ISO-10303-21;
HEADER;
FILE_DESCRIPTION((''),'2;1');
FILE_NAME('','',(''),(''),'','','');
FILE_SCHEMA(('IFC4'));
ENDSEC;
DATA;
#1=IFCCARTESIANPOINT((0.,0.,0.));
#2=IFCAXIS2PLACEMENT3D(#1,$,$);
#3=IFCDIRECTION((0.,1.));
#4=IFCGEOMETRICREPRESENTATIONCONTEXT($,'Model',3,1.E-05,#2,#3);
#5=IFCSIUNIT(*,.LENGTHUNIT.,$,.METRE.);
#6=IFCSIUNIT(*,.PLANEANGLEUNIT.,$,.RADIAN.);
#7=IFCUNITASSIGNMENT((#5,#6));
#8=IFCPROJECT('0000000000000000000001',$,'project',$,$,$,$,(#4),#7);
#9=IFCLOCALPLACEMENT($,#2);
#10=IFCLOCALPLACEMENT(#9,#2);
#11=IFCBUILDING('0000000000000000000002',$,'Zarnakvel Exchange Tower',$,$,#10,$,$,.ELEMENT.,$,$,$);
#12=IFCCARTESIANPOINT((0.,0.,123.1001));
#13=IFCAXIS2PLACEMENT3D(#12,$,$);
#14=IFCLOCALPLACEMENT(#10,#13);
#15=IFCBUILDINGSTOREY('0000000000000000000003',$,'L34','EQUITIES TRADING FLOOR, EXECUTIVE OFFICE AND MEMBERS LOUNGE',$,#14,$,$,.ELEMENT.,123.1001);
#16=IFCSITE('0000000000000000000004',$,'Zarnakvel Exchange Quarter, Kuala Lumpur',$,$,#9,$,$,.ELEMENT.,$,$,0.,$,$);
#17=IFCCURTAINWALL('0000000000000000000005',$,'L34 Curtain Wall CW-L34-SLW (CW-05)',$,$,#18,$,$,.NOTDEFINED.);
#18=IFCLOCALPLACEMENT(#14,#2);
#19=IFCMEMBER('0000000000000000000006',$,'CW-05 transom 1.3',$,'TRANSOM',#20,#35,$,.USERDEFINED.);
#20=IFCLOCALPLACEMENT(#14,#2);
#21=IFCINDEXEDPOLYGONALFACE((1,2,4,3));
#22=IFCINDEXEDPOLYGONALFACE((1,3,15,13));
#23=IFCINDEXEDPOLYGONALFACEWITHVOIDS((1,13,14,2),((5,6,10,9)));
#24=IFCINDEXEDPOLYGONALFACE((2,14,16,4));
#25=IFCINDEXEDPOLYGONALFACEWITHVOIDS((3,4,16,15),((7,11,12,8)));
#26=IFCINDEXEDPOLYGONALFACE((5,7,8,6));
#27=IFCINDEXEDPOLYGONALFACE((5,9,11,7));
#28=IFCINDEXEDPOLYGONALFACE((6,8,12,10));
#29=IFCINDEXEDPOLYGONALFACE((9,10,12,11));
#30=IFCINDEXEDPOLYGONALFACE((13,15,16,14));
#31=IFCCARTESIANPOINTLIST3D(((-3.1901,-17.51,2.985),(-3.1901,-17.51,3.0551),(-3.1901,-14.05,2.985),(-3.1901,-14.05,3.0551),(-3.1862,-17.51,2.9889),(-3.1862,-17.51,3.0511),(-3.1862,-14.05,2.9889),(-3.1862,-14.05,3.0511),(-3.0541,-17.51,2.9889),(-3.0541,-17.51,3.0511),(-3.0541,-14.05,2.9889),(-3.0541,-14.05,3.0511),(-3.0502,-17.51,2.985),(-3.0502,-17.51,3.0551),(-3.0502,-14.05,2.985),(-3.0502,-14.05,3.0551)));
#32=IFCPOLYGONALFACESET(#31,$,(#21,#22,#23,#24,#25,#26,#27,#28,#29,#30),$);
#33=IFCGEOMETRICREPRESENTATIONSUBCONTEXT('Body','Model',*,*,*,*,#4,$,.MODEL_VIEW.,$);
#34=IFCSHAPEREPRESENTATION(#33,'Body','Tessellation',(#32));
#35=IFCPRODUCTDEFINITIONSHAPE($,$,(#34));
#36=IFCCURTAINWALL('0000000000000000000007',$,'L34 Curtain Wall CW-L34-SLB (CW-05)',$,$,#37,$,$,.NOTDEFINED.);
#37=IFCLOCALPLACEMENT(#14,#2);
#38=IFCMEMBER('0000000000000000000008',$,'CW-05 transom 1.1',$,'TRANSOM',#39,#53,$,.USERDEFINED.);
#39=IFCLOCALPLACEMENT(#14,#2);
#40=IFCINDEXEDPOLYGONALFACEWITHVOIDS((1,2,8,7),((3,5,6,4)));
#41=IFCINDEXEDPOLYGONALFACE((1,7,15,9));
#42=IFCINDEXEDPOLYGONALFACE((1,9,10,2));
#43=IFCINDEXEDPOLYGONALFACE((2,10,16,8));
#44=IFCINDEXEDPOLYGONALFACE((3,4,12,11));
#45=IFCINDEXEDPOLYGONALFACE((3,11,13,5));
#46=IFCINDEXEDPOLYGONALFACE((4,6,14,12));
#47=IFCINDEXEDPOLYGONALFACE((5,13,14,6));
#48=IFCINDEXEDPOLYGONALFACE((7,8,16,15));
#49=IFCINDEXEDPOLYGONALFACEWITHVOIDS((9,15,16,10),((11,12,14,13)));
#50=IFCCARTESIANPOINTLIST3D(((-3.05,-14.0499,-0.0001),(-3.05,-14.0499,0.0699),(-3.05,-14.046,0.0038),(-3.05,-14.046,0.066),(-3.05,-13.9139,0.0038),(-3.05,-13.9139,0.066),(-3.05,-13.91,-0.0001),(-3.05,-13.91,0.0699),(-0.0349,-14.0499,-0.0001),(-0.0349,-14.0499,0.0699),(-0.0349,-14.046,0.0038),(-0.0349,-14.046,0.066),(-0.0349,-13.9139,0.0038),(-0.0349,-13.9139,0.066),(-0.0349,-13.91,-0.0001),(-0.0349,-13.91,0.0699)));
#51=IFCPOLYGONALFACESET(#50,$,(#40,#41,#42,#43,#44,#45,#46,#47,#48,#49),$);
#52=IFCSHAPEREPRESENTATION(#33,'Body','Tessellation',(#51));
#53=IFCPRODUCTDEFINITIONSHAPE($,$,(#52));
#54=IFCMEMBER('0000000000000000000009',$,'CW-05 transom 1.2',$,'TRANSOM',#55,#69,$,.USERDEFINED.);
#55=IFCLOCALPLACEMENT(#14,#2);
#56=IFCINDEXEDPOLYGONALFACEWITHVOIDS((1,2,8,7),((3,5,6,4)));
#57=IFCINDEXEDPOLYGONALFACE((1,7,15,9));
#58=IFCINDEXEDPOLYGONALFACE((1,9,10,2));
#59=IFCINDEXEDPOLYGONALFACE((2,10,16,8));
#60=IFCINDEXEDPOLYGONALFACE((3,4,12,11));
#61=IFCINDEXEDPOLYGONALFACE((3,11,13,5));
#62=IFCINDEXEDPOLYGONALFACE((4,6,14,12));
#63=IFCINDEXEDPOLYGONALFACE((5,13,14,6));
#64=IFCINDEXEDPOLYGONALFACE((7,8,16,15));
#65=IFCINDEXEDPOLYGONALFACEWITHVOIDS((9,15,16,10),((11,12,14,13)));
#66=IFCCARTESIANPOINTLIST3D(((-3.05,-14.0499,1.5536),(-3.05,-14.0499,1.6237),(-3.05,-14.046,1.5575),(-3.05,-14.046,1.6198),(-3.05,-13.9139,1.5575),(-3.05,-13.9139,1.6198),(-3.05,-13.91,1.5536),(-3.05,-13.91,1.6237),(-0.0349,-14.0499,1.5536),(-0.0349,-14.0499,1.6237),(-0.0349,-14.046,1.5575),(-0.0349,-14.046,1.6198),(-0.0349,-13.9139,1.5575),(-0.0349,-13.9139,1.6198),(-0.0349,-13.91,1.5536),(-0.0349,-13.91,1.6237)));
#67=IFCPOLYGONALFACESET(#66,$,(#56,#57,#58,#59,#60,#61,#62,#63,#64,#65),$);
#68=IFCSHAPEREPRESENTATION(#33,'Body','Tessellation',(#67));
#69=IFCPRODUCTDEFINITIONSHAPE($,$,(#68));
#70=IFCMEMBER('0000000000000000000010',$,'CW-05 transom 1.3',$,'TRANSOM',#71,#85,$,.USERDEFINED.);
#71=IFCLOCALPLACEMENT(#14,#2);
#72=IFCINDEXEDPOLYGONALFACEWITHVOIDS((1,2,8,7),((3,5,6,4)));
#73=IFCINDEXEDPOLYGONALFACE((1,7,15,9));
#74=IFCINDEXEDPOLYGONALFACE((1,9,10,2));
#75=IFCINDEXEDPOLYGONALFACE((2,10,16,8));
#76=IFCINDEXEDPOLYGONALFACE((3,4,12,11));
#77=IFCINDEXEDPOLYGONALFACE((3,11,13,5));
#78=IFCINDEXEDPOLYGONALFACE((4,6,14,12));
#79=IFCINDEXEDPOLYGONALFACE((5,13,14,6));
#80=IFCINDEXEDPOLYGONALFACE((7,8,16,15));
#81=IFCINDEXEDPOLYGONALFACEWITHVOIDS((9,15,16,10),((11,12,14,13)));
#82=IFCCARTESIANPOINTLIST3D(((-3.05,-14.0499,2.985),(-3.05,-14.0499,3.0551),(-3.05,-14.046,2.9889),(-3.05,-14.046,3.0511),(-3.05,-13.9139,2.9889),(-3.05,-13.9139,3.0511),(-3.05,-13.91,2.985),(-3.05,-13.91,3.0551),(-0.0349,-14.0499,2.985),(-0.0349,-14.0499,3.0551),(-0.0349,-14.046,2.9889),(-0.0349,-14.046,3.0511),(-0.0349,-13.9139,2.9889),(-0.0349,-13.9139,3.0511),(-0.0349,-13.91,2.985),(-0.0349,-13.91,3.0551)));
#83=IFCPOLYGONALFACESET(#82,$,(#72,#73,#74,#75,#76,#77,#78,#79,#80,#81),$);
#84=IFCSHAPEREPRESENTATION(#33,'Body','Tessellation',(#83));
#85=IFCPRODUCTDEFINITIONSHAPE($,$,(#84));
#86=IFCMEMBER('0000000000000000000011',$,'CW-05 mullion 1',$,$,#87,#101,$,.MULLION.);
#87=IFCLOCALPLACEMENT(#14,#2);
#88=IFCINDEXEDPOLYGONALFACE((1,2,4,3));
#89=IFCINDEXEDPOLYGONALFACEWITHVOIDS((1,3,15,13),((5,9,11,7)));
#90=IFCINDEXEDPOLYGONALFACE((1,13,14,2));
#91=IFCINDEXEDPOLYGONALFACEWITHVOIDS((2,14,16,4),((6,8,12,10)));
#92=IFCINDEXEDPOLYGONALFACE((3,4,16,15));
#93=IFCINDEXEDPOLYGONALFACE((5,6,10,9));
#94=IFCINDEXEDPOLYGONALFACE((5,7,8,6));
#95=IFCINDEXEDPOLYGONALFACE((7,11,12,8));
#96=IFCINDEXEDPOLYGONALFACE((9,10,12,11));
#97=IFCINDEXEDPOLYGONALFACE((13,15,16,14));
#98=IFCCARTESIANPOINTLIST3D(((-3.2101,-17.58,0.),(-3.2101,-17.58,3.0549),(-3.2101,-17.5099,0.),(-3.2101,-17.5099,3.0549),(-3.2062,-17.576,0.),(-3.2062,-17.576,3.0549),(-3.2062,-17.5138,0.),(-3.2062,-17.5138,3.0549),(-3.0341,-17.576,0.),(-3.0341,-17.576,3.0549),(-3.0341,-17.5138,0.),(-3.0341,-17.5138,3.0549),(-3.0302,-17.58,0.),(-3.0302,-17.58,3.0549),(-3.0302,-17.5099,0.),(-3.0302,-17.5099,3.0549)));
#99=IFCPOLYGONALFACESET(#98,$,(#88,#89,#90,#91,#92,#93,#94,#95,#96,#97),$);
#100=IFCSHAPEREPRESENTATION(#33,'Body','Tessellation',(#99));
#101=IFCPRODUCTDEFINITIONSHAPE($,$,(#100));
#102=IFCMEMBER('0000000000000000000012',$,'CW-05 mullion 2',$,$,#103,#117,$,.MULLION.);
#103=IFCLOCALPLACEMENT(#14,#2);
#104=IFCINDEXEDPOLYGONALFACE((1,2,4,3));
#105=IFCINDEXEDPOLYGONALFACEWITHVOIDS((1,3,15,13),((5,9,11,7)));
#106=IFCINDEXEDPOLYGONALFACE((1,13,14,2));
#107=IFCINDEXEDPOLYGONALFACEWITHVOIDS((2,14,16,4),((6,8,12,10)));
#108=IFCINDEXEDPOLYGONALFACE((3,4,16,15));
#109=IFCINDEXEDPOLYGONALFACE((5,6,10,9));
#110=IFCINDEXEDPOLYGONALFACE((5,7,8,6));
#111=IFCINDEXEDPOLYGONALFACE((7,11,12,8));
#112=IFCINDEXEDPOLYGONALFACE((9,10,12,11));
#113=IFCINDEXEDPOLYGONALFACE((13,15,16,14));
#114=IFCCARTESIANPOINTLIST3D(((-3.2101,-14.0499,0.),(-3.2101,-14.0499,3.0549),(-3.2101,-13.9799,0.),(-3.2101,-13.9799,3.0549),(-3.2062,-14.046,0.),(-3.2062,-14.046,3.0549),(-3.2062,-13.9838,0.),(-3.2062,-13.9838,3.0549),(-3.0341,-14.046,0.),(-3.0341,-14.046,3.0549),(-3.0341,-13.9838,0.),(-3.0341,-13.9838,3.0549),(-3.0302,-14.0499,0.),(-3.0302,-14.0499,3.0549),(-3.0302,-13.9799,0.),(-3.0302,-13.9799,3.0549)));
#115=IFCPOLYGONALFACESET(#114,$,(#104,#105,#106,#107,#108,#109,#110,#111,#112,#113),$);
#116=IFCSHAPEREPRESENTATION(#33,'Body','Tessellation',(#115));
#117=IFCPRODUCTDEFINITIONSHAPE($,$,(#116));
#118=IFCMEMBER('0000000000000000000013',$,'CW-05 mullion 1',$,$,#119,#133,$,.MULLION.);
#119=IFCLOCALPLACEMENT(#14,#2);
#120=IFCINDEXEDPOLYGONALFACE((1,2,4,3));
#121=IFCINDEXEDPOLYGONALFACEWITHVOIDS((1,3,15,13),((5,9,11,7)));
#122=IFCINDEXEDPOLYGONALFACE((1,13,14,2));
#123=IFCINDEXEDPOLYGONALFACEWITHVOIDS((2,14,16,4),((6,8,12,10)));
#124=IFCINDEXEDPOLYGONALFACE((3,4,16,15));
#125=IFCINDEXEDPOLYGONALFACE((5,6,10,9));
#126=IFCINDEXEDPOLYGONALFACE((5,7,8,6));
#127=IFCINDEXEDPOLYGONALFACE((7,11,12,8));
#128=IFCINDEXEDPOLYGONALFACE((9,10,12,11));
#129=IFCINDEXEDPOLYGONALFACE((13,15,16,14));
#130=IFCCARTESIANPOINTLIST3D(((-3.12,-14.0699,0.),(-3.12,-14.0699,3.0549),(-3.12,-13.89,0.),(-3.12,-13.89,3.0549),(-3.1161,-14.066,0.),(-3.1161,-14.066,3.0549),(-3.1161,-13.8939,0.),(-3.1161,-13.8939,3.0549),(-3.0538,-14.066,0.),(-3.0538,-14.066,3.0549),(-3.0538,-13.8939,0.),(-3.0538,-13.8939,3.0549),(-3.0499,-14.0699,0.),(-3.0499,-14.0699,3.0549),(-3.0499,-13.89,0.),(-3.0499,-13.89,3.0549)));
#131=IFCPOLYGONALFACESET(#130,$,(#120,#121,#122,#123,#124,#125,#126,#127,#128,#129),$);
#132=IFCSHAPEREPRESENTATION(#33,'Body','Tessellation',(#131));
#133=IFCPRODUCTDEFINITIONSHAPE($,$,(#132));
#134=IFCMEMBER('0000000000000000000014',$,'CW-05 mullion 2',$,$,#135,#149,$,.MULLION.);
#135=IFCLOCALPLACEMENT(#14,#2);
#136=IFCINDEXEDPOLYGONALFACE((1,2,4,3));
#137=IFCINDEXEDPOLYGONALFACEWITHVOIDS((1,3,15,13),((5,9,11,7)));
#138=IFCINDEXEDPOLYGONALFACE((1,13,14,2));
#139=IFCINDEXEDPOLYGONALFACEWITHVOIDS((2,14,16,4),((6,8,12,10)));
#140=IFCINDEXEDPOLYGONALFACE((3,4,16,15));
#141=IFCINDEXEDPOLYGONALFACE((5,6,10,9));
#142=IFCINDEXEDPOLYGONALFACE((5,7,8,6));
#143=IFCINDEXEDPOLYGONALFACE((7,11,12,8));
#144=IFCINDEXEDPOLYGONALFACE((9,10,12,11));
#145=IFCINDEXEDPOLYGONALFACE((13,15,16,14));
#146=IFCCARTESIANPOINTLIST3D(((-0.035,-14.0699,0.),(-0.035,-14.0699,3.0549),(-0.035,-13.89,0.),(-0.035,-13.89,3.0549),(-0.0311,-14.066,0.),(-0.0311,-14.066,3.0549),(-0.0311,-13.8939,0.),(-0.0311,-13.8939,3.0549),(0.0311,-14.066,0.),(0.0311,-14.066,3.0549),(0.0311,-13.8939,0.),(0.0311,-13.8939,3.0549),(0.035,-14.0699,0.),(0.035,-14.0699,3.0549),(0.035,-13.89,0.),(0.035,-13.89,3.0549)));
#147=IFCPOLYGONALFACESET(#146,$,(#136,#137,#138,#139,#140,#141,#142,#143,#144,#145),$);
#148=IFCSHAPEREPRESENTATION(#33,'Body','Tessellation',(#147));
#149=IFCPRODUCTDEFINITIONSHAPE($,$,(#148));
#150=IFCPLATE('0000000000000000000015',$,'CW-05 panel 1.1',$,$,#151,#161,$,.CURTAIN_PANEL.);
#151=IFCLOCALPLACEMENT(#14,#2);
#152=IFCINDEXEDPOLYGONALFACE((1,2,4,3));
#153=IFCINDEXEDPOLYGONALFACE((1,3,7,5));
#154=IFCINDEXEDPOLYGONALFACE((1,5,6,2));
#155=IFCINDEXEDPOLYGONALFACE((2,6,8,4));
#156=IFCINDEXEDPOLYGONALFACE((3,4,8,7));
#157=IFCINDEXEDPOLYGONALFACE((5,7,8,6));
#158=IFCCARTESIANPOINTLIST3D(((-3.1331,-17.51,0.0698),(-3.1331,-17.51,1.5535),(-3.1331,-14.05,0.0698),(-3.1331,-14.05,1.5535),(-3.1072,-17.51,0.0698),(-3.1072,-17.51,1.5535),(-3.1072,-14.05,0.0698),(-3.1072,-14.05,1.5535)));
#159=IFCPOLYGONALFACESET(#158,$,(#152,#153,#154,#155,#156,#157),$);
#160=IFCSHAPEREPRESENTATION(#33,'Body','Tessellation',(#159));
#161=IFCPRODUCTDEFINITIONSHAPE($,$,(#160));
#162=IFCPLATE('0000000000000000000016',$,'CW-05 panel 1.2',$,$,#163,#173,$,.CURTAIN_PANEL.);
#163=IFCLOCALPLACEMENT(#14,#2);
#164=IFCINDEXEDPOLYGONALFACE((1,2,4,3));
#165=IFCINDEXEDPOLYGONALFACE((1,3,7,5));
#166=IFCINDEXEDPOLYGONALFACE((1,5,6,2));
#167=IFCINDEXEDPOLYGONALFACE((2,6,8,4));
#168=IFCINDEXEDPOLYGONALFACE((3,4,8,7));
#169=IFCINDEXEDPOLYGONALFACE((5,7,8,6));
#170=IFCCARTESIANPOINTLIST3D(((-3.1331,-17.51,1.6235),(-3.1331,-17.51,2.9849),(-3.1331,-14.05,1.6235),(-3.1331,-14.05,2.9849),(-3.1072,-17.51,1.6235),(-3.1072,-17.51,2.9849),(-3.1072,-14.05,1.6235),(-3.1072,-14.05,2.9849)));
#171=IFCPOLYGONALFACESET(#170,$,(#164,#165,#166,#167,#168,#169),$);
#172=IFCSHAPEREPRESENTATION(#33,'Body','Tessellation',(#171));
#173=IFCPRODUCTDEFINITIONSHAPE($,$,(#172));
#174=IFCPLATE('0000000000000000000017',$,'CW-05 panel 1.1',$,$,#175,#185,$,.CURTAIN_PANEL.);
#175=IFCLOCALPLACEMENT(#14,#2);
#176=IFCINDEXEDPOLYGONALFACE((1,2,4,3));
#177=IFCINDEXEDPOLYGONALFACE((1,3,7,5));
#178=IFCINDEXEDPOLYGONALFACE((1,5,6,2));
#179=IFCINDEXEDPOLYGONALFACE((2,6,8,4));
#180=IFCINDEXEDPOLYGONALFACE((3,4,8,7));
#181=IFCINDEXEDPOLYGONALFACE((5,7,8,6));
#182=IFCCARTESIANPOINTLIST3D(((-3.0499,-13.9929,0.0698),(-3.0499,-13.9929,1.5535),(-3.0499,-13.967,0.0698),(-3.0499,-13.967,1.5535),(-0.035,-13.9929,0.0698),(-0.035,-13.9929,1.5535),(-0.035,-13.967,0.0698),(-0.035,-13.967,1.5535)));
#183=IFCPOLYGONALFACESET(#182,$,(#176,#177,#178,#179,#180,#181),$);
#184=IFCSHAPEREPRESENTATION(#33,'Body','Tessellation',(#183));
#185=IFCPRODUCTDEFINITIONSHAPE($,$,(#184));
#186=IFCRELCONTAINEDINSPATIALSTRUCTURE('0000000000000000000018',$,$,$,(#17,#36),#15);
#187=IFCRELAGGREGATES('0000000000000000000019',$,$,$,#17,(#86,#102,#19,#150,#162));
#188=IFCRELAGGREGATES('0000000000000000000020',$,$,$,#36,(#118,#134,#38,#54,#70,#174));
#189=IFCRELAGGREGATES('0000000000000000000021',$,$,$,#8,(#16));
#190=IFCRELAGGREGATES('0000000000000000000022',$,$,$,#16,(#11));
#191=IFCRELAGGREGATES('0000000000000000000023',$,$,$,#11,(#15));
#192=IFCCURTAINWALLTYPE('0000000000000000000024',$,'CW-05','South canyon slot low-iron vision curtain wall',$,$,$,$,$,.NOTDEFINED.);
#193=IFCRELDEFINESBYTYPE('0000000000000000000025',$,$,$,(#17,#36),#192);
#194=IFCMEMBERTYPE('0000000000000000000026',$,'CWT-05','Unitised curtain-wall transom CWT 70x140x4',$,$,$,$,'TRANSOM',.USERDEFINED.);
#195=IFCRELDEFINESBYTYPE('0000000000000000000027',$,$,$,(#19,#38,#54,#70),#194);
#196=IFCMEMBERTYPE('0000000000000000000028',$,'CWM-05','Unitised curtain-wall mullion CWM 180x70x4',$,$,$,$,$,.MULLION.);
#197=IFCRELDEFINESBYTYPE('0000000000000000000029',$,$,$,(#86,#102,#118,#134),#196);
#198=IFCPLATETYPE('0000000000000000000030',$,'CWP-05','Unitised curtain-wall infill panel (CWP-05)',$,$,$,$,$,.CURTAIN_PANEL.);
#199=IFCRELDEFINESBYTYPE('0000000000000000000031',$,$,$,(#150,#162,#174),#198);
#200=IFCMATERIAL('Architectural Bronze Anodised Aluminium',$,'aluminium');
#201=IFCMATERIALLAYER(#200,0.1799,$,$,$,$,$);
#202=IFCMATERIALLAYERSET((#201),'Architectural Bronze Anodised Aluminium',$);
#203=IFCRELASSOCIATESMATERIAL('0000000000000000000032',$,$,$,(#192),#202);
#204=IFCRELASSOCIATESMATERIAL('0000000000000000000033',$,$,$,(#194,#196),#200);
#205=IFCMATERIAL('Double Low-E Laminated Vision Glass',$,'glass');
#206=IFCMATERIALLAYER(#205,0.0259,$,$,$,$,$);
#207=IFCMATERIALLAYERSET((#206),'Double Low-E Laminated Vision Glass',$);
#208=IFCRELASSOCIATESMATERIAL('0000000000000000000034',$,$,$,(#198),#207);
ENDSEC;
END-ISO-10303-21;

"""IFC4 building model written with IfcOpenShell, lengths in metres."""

from ifc_helpers import new_model, si_unit, direction, frame, origin, origin_2d, place, context, subcontext, project, spatial, rectangle, hollow_rectangle, extrude, source, transform, mapped, material, layer, layer_set, material_profile, profile_set, type_object, element, aggregate, save


model = new_model("IFC4")

# Units and contexts
model_context = context("Model", 3, precision=1e-05, world=origin(), true_north=direction((0.0, 1.0)))
body_context = subcontext(model_context, "Body", "Model", "MODEL_VIEW")
ifc_project = project(units=[si_unit("LENGTHUNIT", "METRE"), si_unit("PLANEANGLEUNIT", "RADIAN")], contexts=[model_context])

# Site, building, storey
site_placement = place(None, origin())
site = spatial("IfcSite", under=ifc_project, at=site_placement, Name="Zarnakvel Exchange Quarter, Kuala Lumpur", CompositionType="ELEMENT", RefElevation=0.0)
building_placement = place(site_placement, origin())
building = spatial("IfcBuilding", under=site, at=building_placement, Name="Zarnakvel Exchange Tower", CompositionType="ELEMENT")
storey_placement = place(building_placement, frame((0.0, 0.0, 123.1001)))
storey = spatial("IfcBuildingStorey", under=building, at=storey_placement, Name="L34", Description="EQUITIES TRADING FLOOR, EXECUTIVE OFFICE AND MEMBERS LOUNGE", CompositionType="ELEMENT", Elevation=123.1001)

# Curtain walls, members
ifc_material_1 = material(Name="Architectural Bronze Anodised Aluminium", Category="aluminium")
ifc_layer_1 = layer(ifc_material_1, 0.1799)
ifc_layer_set_1 = layer_set([ifc_layer_1], Name="Architectural Bronze Anodised Aluminium")
curtain_wall_type = type_object("IfcCurtainWallType", Name="CW-05", Description="South canyon slot low-iron vision curtain wall", PredefinedType="NOTDEFINED", material=ifc_layer_set_1)
curtain_wall_1_placement = place(storey_placement, origin())
curtain_wall_1 = element("IfcCurtainWall", 1, at=curtain_wall_1_placement, inside=storey, type_object=curtain_wall_type, Name="L34 Curtain Wall CW-L34-SLW (CW-05)", PredefinedType="NOTDEFINED")
ifc_material_profile_1 = material_profile(ifc_material_1, hollow_rectangle(XDim=0.1399, YDim=0.0701, WallThickness=0.0039, at=origin_2d()))
ifc_profile_set_1 = profile_set([ifc_material_profile_1], Name="Architectural Bronze Anodised Aluminium")
member_type_1 = type_object("IfcMemberType", Name="CWT-05", Description="Unitised curtain-wall transom CWT 70x140x4", ElementType="TRANSOM", PredefinedType="USERDEFINED", material=ifc_profile_set_1)
shared_shape_1 = source(origin(), body_context, "Body", "SweptSolid", [
    extrude(hollow_rectangle(XDim=0.1399, YDim=0.0701, WallThickness=0.0039, at=origin_2d()), origin(), (0.0, 0.0, 1.0), 3.46),
])
member_1_placement = place(storey_placement, frame((-3.1201, -17.51, 3.02), z_axis=(0.0, 1.0, 0.0), x_axis=(-1.0, 0.0, 0.0)))
member_1 = element("IfcMember", 2, at=member_1_placement, type_object=member_type_1, Name="CW-05 transom 1.3", ObjectType="TRANSOM", PredefinedType="USERDEFINED", context=body_context, shape_type="MappedRepresentation", body=[
    mapped(shared_shape_1, transform((0.0, 0.0, 0.0), x_axis=(1.0, 0.0, 0.0), y_axis=(0.0, 1.0, 0.0), z_axis=(0.0, 0.0, 1.0), scale=1.0)),
])
curtain_wall_2_placement = place(storey_placement, origin())
curtain_wall_2 = element("IfcCurtainWall", 3, at=curtain_wall_2_placement, inside=storey, type_object=curtain_wall_type, Name="L34 Curtain Wall CW-L34-SLB (CW-05)", PredefinedType="NOTDEFINED")
shared_shape_2 = source(origin(), body_context, "Body", "SweptSolid", [
    extrude(hollow_rectangle(XDim=0.1399, YDim=0.0701, WallThickness=0.0039, at=origin_2d()), origin(), (0.0, 0.0, 1.0), 3.0151),
])
member_2_placement = place(storey_placement, frame((-3.05, -13.98, 0.0349), z_axis=(1.0, 0.0, 0.0), x_axis=(0.0, 1.0, 0.0)))
member_2 = element("IfcMember", 4, at=member_2_placement, type_object=member_type_1, Name="CW-05 transom 1.1", ObjectType="TRANSOM", PredefinedType="USERDEFINED", context=body_context, shape_type="MappedRepresentation", body=[
    mapped(shared_shape_2, transform((0.0, 0.0, 0.0), x_axis=(1.0, 0.0, 0.0), y_axis=(0.0, 1.0, 0.0), z_axis=(0.0, 0.0, 1.0), scale=1.0)),
])
member_3_placement = place(storey_placement, frame((-3.05, -13.98, 1.5886), z_axis=(1.0, 0.0, 0.0), x_axis=(0.0, 1.0, 0.0)))
member_3 = element("IfcMember", 5, at=member_3_placement, type_object=member_type_1, Name="CW-05 transom 1.2", ObjectType="TRANSOM", PredefinedType="USERDEFINED", context=body_context, shape_type="MappedRepresentation", body=[
    mapped(shared_shape_2, transform((0.0, 0.0, 0.0), x_axis=(1.0, 0.0, 0.0), y_axis=(0.0, 1.0, 0.0), z_axis=(0.0, 0.0, 1.0), scale=1.0)),
])
member_4_placement = place(storey_placement, frame((-3.05, -13.98, 3.02), z_axis=(1.0, 0.0, 0.0), x_axis=(0.0, 1.0, 0.0)))
member_4 = element("IfcMember", 6, at=member_4_placement, type_object=member_type_1, Name="CW-05 transom 1.3", ObjectType="TRANSOM", PredefinedType="USERDEFINED", context=body_context, shape_type="MappedRepresentation", body=[
    mapped(shared_shape_2, transform((0.0, 0.0, 0.0), x_axis=(1.0, 0.0, 0.0), y_axis=(0.0, 1.0, 0.0), z_axis=(0.0, 0.0, 1.0), scale=1.0)),
])

# Members
ifc_material_profile_2 = material_profile(ifc_material_1, hollow_rectangle(XDim=0.1799, YDim=0.0701, WallThickness=0.0039, at=origin_2d()))
ifc_profile_set_2 = profile_set([ifc_material_profile_2], Name="Architectural Bronze Anodised Aluminium")
member_type_2 = type_object("IfcMemberType", Name="CWM-05", Description="Unitised curtain-wall mullion CWM 180x70x4", PredefinedType="MULLION", material=ifc_profile_set_2)
shared_shape_3 = source(origin(), body_context, "Body", "SweptSolid", [
    extrude(hollow_rectangle(XDim=0.1799, YDim=0.0701, WallThickness=0.0039, at=origin_2d()), origin(), (0.0, 0.0, 1.0), 3.0549),
])
member_5_placement = place(storey_placement, frame((-3.1201, -17.5449, 0.0), z_axis=(0.0, 0.0, 1.0), x_axis=(-1.0, 0.0, 0.0)))
member_5 = element("IfcMember", 7, at=member_5_placement, type_object=member_type_2, Name="CW-05 mullion 1", PredefinedType="MULLION", context=body_context, shape_type="MappedRepresentation", body=[
    mapped(shared_shape_3, transform((0.0, 0.0, 0.0), x_axis=(1.0, 0.0, 0.0), y_axis=(0.0, 1.0, 0.0), z_axis=(0.0, 0.0, 1.0), scale=1.0)),
])
member_6_placement = place(storey_placement, frame((-3.1201, -14.0149, 0.0), z_axis=(0.0, 0.0, 1.0), x_axis=(-1.0, 0.0, 0.0)))
member_6 = element("IfcMember", 8, at=member_6_placement, type_object=member_type_2, Name="CW-05 mullion 2", PredefinedType="MULLION", context=body_context, shape_type="MappedRepresentation", body=[
    mapped(shared_shape_3, transform((0.0, 0.0, 0.0), x_axis=(1.0, 0.0, 0.0), y_axis=(0.0, 1.0, 0.0), z_axis=(0.0, 0.0, 1.0), scale=1.0)),
])
member_7_placement = place(storey_placement, frame((-3.085, -13.98, 0.0), z_axis=(0.0, 0.0, 1.0), x_axis=(0.0, 1.0, 0.0)))
member_7 = element("IfcMember", 9, at=member_7_placement, type_object=member_type_2, Name="CW-05 mullion 1", PredefinedType="MULLION", context=body_context, shape_type="MappedRepresentation", body=[
    mapped(shared_shape_3, transform((0.0, 0.0, 0.0), x_axis=(1.0, 0.0, 0.0), y_axis=(0.0, 1.0, 0.0), z_axis=(0.0, 0.0, 1.0), scale=1.0)),
])
member_8_placement = place(storey_placement, frame((0.0, -13.98, 0.0), z_axis=(0.0, 0.0, 1.0), x_axis=(0.0, 1.0, 0.0)))
member_8 = element("IfcMember", 10, at=member_8_placement, type_object=member_type_2, Name="CW-05 mullion 2", PredefinedType="MULLION", context=body_context, shape_type="MappedRepresentation", body=[
    mapped(shared_shape_3, transform((0.0, 0.0, 0.0), x_axis=(1.0, 0.0, 0.0), y_axis=(0.0, 1.0, 0.0), z_axis=(0.0, 0.0, 1.0), scale=1.0)),
])

# Plates
ifc_material_2 = material(Name="Double Low-E Laminated Vision Glass", Category="glass")
ifc_layer_2 = layer(ifc_material_2, 0.0259)
ifc_layer_set_2 = layer_set([ifc_layer_2], Name="Double Low-E Laminated Vision Glass")
plate_type = type_object("IfcPlateType", Name="CWP-05", Description="Unitised curtain-wall infill panel (CWP-05)", PredefinedType="CURTAIN_PANEL", material=ifc_layer_set_2)
shared_shape_4 = source(origin(), body_context, "Body", "SweptSolid", [
    extrude(rectangle(XDim=3.46, YDim=0.0259, at=origin_2d()), origin(), (0.0, 0.0, 1.0), 1.4836),
])
plate_1_placement = place(storey_placement, frame((-3.1201, -15.78, 0.0698), z_axis=(0.0, 0.0, 1.0), x_axis=(0.0, 1.0, 0.0)))
plate_1 = element("IfcPlate", 11, at=plate_1_placement, type_object=plate_type, Name="CW-05 panel 1.1", PredefinedType="CURTAIN_PANEL", context=body_context, shape_type="MappedRepresentation", body=[
    mapped(shared_shape_4, transform((0.0, 0.0, 0.0), x_axis=(1.0, 0.0, 0.0), y_axis=(0.0, 1.0, 0.0), z_axis=(0.0, 0.0, 1.0), scale=1.0)),
])
shared_shape_5 = source(origin(), body_context, "Body", "SweptSolid", [
    extrude(rectangle(XDim=3.46, YDim=0.0259, at=origin_2d()), origin(), (0.0, 0.0, 1.0), 1.3613),
])
plate_2_placement = place(storey_placement, frame((-3.1201, -15.78, 1.6235), z_axis=(0.0, 0.0, 1.0), x_axis=(0.0, 1.0, 0.0)))
plate_2 = element("IfcPlate", 12, at=plate_2_placement, type_object=plate_type, Name="CW-05 panel 1.2", PredefinedType="CURTAIN_PANEL", context=body_context, shape_type="MappedRepresentation", body=[
    mapped(shared_shape_5, transform((0.0, 0.0, 0.0), x_axis=(1.0, 0.0, 0.0), y_axis=(0.0, 1.0, 0.0), z_axis=(0.0, 0.0, 1.0), scale=1.0)),
])
aggregate(curtain_wall_1, [member_5, member_6, member_1, plate_1, plate_2])
shared_shape_6 = source(origin(), body_context, "Body", "SweptSolid", [
    extrude(rectangle(XDim=3.0149, YDim=0.0259, at=origin_2d()), origin(), (0.0, 0.0, 1.0), 1.4836),
])
plate_3_placement = place(storey_placement, frame((-1.5425, -13.98, 0.0698), z_axis=(0.0, 0.0, 1.0), x_axis=(1.0, 0.0, 0.0)))
plate_3 = element("IfcPlate", 13, at=plate_3_placement, type_object=plate_type, Name="CW-05 panel 1.1", PredefinedType="CURTAIN_PANEL", context=body_context, shape_type="MappedRepresentation", body=[
    mapped(shared_shape_6, transform((0.0, 0.0, 0.0), x_axis=(1.0, 0.0, 0.0), y_axis=(0.0, 1.0, 0.0), z_axis=(0.0, 0.0, 1.0), scale=1.0)),
])
aggregate(curtain_wall_2, [member_7, member_8, member_2, member_3, member_4, plate_3])

save(model, "model.ifc")
